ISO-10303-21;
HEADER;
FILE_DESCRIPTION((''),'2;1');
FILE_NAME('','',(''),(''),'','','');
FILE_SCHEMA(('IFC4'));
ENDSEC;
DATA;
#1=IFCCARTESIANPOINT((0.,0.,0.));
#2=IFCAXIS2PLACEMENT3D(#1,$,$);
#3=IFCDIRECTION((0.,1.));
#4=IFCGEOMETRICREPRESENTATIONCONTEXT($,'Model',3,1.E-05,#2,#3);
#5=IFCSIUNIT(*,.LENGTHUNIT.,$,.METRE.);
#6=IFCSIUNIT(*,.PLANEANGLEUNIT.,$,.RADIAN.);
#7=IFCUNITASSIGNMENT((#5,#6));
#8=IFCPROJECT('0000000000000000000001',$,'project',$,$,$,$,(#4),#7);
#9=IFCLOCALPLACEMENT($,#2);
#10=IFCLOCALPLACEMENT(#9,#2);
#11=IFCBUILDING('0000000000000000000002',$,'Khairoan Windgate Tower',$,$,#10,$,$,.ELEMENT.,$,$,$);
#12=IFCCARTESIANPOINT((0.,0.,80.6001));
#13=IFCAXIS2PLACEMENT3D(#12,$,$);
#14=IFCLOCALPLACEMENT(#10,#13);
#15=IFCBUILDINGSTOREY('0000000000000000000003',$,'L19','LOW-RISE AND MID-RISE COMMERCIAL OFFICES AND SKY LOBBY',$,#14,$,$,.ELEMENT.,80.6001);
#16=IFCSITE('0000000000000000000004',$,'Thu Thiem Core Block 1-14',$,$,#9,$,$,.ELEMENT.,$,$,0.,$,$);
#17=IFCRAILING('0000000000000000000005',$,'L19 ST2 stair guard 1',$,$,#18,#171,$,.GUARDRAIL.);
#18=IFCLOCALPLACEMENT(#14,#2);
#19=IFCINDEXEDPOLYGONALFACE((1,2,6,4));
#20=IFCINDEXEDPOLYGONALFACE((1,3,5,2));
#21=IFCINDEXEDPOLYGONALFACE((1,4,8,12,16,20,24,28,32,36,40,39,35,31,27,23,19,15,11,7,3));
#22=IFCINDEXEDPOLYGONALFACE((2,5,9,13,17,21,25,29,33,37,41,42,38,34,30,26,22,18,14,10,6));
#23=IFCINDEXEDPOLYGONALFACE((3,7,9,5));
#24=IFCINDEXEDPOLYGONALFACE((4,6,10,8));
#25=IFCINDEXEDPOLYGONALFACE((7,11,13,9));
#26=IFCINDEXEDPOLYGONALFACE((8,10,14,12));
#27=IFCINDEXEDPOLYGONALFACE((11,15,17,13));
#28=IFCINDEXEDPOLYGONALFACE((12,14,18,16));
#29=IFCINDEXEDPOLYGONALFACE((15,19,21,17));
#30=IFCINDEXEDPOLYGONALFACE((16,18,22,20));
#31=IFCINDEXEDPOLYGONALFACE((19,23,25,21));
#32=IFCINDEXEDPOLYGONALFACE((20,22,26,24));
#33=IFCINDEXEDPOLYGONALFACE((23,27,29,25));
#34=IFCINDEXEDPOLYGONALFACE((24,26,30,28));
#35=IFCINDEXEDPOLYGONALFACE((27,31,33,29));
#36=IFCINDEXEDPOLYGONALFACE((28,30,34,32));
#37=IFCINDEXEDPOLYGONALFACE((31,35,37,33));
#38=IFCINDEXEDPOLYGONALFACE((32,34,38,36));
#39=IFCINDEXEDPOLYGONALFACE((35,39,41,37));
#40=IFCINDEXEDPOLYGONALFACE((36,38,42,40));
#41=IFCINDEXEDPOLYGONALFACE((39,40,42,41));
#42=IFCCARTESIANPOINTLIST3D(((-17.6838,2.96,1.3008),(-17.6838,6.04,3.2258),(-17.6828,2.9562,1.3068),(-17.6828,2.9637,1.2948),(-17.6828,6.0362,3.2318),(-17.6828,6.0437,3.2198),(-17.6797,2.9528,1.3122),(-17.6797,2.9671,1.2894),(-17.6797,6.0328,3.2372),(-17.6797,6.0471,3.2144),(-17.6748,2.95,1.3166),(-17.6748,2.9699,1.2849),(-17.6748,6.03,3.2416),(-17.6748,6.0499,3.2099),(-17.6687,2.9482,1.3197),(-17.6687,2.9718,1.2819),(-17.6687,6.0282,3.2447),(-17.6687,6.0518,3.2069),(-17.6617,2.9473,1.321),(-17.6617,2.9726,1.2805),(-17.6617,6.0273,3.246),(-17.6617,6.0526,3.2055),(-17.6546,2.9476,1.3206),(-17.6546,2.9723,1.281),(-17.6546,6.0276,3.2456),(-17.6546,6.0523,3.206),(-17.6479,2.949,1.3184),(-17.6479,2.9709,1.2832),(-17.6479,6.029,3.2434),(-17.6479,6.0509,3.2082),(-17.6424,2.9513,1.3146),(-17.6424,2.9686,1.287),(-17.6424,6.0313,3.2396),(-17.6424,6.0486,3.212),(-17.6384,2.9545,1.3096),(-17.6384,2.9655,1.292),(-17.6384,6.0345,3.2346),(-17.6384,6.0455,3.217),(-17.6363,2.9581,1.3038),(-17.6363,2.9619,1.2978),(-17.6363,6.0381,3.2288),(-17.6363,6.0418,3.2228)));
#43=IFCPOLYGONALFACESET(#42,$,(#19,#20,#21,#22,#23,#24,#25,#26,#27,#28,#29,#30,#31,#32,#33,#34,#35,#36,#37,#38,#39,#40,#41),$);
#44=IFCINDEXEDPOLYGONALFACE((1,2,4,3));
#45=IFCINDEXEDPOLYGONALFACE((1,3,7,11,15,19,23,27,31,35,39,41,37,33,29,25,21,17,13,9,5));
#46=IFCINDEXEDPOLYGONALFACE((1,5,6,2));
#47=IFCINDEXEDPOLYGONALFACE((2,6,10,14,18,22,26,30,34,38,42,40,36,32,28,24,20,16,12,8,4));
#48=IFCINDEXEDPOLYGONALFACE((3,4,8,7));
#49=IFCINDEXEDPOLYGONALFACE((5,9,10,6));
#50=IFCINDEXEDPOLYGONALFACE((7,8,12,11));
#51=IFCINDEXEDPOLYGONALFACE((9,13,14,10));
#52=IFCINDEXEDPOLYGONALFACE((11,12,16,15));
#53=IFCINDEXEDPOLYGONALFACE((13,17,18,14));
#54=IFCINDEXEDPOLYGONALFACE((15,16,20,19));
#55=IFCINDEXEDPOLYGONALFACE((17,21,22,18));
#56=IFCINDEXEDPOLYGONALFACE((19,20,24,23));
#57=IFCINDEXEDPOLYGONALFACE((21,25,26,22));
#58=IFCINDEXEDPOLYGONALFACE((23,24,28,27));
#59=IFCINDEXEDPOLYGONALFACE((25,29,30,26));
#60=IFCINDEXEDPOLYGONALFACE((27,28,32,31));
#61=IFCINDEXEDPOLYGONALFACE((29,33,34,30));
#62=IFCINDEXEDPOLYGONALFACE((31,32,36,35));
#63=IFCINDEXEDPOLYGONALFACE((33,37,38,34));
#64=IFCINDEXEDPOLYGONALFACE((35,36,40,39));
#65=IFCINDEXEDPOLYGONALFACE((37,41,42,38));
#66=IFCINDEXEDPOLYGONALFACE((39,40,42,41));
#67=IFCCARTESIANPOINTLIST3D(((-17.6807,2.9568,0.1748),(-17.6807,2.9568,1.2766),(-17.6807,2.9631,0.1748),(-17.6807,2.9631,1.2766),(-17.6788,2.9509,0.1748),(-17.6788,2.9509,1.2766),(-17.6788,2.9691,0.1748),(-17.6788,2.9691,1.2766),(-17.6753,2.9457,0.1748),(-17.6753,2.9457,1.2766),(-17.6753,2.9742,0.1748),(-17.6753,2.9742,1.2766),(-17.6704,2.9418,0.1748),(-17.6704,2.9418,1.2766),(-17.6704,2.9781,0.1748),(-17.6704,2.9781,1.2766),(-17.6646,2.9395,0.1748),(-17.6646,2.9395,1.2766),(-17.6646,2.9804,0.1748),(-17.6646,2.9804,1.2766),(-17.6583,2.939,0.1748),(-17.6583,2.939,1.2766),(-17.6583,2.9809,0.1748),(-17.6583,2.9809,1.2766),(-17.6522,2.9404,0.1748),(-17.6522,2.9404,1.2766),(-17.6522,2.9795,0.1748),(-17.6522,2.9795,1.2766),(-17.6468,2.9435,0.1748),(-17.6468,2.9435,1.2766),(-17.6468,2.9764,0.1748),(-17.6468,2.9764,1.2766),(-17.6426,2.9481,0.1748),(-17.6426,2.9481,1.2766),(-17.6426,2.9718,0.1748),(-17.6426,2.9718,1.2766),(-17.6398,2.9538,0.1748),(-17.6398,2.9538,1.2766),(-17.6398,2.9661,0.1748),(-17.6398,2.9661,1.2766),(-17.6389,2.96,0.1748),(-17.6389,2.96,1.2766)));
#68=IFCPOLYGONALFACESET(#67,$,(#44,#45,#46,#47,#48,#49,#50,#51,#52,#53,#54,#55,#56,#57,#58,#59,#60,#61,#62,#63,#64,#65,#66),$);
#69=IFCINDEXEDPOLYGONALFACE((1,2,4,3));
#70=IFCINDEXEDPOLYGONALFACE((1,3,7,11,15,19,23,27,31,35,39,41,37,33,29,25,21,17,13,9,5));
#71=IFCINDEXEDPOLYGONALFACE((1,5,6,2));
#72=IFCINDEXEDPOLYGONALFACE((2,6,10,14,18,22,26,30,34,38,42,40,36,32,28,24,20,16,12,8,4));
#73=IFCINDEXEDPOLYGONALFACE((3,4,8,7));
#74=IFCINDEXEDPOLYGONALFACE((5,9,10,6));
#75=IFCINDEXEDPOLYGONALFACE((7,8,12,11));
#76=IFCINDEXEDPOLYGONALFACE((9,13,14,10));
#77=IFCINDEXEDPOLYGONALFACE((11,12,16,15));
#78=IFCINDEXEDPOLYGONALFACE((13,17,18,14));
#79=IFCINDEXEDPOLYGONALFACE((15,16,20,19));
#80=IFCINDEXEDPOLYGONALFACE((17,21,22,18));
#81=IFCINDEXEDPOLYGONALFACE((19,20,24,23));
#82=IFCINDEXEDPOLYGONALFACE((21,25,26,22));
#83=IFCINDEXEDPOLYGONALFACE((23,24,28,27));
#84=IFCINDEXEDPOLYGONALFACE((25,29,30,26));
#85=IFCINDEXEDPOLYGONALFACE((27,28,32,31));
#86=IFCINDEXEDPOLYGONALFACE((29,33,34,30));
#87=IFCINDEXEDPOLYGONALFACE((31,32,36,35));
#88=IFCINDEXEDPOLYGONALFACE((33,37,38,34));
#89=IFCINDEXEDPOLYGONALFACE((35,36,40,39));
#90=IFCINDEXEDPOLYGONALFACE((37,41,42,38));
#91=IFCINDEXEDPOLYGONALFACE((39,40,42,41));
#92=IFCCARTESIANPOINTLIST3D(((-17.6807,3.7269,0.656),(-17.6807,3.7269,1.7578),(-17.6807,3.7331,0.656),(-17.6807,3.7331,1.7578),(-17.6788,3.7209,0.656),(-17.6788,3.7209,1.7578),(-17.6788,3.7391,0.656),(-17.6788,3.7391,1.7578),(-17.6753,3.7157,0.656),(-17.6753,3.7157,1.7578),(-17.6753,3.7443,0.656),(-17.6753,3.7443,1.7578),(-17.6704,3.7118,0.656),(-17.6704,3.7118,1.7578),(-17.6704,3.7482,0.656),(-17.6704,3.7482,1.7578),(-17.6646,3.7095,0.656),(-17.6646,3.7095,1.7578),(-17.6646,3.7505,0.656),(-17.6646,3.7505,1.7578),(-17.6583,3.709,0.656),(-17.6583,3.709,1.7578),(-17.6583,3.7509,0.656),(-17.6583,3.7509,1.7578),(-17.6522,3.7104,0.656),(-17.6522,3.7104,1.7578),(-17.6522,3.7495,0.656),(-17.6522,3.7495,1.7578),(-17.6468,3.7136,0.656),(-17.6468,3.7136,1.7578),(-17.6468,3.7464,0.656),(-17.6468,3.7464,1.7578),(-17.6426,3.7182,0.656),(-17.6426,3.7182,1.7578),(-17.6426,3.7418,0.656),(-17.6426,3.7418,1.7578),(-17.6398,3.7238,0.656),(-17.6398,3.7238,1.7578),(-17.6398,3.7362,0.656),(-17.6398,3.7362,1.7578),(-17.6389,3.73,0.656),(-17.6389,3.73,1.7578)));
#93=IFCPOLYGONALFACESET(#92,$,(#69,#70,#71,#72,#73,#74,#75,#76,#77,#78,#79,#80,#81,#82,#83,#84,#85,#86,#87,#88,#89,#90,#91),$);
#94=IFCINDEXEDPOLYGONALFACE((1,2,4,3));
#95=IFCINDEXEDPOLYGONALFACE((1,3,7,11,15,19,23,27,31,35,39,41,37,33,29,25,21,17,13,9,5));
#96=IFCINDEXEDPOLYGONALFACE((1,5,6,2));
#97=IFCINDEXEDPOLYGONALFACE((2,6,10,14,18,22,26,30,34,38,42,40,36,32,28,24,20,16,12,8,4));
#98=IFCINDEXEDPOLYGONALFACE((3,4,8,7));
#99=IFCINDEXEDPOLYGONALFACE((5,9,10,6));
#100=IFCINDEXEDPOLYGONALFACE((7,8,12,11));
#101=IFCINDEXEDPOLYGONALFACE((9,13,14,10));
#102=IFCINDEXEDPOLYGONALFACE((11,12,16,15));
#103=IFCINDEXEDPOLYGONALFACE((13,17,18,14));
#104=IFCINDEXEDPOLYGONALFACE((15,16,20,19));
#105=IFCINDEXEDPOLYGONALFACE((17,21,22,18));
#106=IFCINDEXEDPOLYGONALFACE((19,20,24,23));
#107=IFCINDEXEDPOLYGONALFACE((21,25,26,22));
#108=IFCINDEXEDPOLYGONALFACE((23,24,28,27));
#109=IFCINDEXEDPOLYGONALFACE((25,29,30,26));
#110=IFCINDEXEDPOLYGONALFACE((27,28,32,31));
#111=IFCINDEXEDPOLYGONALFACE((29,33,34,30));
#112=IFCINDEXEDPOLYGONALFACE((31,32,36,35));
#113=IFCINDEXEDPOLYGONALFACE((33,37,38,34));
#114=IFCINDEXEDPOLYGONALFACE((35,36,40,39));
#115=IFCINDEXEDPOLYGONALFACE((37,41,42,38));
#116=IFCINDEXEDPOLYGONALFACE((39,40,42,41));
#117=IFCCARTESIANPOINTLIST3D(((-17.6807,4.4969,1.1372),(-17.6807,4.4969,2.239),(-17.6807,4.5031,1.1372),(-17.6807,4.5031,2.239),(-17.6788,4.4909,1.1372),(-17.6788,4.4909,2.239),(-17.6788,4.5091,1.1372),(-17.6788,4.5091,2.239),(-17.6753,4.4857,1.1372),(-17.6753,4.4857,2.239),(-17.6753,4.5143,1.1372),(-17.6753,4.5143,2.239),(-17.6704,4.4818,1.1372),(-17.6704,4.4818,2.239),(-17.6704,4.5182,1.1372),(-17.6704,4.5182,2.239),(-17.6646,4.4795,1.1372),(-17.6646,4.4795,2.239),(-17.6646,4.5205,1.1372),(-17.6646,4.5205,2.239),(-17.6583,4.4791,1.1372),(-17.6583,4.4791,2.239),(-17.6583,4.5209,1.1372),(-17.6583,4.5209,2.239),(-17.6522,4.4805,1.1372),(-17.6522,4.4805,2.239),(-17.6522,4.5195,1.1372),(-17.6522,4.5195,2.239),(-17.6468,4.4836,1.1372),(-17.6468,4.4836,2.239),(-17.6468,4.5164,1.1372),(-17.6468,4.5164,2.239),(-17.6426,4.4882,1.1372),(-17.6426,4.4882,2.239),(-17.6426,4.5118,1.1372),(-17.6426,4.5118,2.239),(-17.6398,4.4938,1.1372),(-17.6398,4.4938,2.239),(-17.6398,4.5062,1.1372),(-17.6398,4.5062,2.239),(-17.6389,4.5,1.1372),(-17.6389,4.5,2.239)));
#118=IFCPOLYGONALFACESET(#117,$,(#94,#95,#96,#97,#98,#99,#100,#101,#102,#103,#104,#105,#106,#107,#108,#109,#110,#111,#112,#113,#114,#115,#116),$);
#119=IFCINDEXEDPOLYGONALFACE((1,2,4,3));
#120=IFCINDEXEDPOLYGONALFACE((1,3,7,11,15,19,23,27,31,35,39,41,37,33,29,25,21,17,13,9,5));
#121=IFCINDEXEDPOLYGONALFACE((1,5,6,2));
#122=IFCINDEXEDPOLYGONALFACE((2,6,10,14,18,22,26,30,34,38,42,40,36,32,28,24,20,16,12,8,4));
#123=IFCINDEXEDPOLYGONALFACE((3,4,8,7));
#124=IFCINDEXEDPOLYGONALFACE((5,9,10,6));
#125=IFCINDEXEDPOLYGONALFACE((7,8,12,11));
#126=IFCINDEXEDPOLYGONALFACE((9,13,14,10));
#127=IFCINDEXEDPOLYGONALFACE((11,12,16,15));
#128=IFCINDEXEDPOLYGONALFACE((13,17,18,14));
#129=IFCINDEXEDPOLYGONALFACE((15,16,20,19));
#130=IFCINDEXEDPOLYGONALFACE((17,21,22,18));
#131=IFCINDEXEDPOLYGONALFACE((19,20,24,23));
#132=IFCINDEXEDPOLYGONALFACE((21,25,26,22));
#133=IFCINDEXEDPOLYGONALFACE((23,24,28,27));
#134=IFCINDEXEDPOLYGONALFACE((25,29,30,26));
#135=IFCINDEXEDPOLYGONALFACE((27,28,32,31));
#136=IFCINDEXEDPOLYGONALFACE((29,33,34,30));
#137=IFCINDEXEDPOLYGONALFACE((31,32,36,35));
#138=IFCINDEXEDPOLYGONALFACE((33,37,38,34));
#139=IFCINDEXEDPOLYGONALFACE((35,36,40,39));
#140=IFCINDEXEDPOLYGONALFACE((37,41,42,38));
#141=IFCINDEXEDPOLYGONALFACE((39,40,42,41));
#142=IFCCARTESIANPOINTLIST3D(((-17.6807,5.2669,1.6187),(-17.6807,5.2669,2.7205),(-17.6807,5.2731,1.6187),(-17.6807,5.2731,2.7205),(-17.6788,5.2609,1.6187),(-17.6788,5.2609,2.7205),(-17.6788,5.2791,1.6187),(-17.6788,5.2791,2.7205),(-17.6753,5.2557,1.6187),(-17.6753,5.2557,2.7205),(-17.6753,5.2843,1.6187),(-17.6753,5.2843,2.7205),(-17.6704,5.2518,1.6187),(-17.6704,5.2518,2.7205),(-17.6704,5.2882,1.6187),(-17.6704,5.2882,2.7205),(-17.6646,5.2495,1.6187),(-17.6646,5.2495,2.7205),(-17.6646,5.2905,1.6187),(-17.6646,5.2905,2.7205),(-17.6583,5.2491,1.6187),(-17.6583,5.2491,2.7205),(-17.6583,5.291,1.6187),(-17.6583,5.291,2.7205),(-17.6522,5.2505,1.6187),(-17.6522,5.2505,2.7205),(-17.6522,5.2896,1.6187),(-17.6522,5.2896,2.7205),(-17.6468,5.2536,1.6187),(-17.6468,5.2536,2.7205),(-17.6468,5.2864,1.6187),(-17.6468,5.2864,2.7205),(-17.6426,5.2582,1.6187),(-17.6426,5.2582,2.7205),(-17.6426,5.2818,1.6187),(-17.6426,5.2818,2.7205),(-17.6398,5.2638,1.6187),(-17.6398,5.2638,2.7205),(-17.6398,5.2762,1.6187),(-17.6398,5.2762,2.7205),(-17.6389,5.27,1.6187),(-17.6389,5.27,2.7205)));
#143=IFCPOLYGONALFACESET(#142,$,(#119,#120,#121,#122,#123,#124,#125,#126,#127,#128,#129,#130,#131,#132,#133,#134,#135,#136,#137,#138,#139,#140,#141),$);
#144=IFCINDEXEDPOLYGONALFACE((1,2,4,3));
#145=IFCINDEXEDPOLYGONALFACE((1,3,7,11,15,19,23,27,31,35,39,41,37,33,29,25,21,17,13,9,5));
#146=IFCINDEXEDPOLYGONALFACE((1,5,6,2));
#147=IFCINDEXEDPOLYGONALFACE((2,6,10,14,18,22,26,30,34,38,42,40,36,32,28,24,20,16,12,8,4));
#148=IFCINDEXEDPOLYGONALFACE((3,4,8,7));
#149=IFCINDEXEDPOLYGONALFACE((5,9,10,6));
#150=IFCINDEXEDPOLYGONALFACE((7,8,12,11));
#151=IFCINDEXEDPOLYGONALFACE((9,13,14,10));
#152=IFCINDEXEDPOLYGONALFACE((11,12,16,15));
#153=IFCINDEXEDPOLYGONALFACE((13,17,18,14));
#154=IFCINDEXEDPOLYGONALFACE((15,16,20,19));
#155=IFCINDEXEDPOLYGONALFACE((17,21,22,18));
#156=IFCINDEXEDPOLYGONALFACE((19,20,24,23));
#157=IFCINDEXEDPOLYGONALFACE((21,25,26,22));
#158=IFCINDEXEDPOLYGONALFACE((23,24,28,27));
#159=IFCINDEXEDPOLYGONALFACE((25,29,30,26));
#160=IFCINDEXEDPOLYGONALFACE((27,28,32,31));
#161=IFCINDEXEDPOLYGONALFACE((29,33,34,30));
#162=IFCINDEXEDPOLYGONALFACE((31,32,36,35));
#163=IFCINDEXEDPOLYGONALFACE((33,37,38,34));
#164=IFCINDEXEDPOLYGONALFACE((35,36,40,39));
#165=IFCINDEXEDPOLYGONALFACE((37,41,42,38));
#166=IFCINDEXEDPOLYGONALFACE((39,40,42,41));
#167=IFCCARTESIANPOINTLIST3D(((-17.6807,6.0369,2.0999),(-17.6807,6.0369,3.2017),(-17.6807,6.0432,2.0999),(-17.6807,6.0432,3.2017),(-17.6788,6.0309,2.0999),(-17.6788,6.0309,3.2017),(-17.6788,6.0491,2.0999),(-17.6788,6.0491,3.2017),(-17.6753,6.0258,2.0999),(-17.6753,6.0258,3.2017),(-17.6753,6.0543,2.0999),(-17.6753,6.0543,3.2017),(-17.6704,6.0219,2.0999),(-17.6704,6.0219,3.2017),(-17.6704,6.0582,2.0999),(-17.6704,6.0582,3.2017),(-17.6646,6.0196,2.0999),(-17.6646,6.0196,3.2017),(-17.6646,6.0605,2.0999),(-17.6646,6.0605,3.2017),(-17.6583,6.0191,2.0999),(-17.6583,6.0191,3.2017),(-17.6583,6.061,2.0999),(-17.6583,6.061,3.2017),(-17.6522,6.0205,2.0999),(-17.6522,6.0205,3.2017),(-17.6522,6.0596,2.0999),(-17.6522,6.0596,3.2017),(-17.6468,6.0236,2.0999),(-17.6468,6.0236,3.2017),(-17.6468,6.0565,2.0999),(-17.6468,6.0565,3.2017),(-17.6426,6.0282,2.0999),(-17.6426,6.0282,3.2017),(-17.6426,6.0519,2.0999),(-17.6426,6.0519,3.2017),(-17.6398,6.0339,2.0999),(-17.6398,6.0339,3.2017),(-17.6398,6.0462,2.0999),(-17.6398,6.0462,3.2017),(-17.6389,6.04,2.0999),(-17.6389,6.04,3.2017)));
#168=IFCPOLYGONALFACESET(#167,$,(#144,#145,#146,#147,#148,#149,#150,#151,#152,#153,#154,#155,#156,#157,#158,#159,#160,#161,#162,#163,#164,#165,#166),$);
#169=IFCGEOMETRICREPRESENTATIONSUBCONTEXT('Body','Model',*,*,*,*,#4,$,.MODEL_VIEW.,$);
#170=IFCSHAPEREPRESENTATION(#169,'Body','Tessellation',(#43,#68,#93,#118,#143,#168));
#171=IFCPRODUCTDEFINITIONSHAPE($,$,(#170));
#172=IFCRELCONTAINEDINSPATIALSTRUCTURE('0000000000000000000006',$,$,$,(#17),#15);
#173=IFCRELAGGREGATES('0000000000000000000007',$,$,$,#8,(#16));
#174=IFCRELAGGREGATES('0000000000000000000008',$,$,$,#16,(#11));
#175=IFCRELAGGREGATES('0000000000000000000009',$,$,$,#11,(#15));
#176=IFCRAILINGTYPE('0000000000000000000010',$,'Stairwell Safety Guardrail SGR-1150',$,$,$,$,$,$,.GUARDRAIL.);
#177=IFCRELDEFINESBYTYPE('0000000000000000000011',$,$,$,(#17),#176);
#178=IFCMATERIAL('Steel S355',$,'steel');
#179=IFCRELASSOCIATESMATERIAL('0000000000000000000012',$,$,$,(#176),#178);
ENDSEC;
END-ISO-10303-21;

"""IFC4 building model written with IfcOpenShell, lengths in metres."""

from ifc_helpers import new_model, si_unit, direction, frame, origin, origin_2d, place, context, subcontext, project, spatial, circle, extrude, material, type_object, element, save


model = new_model("IFC4")

# Units and contexts
model_context = context("Model", 3, precision=1e-05, world=origin(), true_north=direction((0.0, 1.0)))
body_context = subcontext(model_context, "Body", "Model", "MODEL_VIEW")
ifc_project = project(units=[si_unit("LENGTHUNIT", "METRE"), si_unit("PLANEANGLEUNIT", "RADIAN")], contexts=[model_context])

# Site, building, storey
site_placement = place(None, origin())
site = spatial("IfcSite", under=ifc_project, at=site_placement, Name="Thu Thiem Core Block 1-14", CompositionType="ELEMENT", RefElevation=0.0)
building_placement = place(site_placement, origin())
building = spatial("IfcBuilding", under=site, at=building_placement, Name="Khairoan Windgate Tower", CompositionType="ELEMENT")
storey_placement = place(building_placement, frame((0.0, 0.0, 80.6001)))
storey = spatial("IfcBuildingStorey", under=building, at=storey_placement, Name="L19", Description="LOW-RISE AND MID-RISE COMMERCIAL OFFICES AND SKY LOBBY", CompositionType="ELEMENT", Elevation=80.6001)

# Railing
ifc_material_1 = material(Name="Steel S355", Category="steel")
railing_type_1 = type_object("IfcRailingType", Name="Stairwell Safety Guardrail SGR-1150", PredefinedType="GUARDRAIL", material=ifc_material_1)
railing_1_placement = place(storey_placement, frame((-17.6599, 2.96, 0.1748)))
element("IfcRailing", 1, at=railing_1_placement, inside=storey, type_object=railing_type_1, Name="L19 ST2 stair guard 1", PredefinedType="GUARDRAIL", context=body_context, shape_type="SweptSolid", body=[
    extrude(circle(Radius=0.0239, at=origin_2d()), frame((0.0, 0.0, 1.126), z_axis=(0.0, 0.847998, 0.529999), x_axis=(-1.0, 0.0, 0.0)), (0.0, 0.0, 1.0), 3.6321),
    extrude(circle(Radius=0.021, at=origin_2d()), origin(), (0.0, 0.0, 1.0), 1.1018),
    extrude(circle(Radius=0.021, at=origin_2d()), frame((0.0, 0.77, 0.4812)), (0.0, 0.0, 1.0), 1.1018),
    extrude(circle(Radius=0.021, at=origin_2d()), frame((0.0, 1.54, 0.9624)), (0.0, 0.0, 1.0), 1.1018),
    extrude(circle(Radius=0.021, at=origin_2d()), frame((0.0, 2.3101, 1.4438)), (0.0, 0.0, 1.0), 1.1018),
    extrude(circle(Radius=0.021, at=origin_2d()), frame((0.0, 3.0801, 1.925)), (0.0, 0.0, 1.0), 1.1018),
])

save(model, "model.ifc")
